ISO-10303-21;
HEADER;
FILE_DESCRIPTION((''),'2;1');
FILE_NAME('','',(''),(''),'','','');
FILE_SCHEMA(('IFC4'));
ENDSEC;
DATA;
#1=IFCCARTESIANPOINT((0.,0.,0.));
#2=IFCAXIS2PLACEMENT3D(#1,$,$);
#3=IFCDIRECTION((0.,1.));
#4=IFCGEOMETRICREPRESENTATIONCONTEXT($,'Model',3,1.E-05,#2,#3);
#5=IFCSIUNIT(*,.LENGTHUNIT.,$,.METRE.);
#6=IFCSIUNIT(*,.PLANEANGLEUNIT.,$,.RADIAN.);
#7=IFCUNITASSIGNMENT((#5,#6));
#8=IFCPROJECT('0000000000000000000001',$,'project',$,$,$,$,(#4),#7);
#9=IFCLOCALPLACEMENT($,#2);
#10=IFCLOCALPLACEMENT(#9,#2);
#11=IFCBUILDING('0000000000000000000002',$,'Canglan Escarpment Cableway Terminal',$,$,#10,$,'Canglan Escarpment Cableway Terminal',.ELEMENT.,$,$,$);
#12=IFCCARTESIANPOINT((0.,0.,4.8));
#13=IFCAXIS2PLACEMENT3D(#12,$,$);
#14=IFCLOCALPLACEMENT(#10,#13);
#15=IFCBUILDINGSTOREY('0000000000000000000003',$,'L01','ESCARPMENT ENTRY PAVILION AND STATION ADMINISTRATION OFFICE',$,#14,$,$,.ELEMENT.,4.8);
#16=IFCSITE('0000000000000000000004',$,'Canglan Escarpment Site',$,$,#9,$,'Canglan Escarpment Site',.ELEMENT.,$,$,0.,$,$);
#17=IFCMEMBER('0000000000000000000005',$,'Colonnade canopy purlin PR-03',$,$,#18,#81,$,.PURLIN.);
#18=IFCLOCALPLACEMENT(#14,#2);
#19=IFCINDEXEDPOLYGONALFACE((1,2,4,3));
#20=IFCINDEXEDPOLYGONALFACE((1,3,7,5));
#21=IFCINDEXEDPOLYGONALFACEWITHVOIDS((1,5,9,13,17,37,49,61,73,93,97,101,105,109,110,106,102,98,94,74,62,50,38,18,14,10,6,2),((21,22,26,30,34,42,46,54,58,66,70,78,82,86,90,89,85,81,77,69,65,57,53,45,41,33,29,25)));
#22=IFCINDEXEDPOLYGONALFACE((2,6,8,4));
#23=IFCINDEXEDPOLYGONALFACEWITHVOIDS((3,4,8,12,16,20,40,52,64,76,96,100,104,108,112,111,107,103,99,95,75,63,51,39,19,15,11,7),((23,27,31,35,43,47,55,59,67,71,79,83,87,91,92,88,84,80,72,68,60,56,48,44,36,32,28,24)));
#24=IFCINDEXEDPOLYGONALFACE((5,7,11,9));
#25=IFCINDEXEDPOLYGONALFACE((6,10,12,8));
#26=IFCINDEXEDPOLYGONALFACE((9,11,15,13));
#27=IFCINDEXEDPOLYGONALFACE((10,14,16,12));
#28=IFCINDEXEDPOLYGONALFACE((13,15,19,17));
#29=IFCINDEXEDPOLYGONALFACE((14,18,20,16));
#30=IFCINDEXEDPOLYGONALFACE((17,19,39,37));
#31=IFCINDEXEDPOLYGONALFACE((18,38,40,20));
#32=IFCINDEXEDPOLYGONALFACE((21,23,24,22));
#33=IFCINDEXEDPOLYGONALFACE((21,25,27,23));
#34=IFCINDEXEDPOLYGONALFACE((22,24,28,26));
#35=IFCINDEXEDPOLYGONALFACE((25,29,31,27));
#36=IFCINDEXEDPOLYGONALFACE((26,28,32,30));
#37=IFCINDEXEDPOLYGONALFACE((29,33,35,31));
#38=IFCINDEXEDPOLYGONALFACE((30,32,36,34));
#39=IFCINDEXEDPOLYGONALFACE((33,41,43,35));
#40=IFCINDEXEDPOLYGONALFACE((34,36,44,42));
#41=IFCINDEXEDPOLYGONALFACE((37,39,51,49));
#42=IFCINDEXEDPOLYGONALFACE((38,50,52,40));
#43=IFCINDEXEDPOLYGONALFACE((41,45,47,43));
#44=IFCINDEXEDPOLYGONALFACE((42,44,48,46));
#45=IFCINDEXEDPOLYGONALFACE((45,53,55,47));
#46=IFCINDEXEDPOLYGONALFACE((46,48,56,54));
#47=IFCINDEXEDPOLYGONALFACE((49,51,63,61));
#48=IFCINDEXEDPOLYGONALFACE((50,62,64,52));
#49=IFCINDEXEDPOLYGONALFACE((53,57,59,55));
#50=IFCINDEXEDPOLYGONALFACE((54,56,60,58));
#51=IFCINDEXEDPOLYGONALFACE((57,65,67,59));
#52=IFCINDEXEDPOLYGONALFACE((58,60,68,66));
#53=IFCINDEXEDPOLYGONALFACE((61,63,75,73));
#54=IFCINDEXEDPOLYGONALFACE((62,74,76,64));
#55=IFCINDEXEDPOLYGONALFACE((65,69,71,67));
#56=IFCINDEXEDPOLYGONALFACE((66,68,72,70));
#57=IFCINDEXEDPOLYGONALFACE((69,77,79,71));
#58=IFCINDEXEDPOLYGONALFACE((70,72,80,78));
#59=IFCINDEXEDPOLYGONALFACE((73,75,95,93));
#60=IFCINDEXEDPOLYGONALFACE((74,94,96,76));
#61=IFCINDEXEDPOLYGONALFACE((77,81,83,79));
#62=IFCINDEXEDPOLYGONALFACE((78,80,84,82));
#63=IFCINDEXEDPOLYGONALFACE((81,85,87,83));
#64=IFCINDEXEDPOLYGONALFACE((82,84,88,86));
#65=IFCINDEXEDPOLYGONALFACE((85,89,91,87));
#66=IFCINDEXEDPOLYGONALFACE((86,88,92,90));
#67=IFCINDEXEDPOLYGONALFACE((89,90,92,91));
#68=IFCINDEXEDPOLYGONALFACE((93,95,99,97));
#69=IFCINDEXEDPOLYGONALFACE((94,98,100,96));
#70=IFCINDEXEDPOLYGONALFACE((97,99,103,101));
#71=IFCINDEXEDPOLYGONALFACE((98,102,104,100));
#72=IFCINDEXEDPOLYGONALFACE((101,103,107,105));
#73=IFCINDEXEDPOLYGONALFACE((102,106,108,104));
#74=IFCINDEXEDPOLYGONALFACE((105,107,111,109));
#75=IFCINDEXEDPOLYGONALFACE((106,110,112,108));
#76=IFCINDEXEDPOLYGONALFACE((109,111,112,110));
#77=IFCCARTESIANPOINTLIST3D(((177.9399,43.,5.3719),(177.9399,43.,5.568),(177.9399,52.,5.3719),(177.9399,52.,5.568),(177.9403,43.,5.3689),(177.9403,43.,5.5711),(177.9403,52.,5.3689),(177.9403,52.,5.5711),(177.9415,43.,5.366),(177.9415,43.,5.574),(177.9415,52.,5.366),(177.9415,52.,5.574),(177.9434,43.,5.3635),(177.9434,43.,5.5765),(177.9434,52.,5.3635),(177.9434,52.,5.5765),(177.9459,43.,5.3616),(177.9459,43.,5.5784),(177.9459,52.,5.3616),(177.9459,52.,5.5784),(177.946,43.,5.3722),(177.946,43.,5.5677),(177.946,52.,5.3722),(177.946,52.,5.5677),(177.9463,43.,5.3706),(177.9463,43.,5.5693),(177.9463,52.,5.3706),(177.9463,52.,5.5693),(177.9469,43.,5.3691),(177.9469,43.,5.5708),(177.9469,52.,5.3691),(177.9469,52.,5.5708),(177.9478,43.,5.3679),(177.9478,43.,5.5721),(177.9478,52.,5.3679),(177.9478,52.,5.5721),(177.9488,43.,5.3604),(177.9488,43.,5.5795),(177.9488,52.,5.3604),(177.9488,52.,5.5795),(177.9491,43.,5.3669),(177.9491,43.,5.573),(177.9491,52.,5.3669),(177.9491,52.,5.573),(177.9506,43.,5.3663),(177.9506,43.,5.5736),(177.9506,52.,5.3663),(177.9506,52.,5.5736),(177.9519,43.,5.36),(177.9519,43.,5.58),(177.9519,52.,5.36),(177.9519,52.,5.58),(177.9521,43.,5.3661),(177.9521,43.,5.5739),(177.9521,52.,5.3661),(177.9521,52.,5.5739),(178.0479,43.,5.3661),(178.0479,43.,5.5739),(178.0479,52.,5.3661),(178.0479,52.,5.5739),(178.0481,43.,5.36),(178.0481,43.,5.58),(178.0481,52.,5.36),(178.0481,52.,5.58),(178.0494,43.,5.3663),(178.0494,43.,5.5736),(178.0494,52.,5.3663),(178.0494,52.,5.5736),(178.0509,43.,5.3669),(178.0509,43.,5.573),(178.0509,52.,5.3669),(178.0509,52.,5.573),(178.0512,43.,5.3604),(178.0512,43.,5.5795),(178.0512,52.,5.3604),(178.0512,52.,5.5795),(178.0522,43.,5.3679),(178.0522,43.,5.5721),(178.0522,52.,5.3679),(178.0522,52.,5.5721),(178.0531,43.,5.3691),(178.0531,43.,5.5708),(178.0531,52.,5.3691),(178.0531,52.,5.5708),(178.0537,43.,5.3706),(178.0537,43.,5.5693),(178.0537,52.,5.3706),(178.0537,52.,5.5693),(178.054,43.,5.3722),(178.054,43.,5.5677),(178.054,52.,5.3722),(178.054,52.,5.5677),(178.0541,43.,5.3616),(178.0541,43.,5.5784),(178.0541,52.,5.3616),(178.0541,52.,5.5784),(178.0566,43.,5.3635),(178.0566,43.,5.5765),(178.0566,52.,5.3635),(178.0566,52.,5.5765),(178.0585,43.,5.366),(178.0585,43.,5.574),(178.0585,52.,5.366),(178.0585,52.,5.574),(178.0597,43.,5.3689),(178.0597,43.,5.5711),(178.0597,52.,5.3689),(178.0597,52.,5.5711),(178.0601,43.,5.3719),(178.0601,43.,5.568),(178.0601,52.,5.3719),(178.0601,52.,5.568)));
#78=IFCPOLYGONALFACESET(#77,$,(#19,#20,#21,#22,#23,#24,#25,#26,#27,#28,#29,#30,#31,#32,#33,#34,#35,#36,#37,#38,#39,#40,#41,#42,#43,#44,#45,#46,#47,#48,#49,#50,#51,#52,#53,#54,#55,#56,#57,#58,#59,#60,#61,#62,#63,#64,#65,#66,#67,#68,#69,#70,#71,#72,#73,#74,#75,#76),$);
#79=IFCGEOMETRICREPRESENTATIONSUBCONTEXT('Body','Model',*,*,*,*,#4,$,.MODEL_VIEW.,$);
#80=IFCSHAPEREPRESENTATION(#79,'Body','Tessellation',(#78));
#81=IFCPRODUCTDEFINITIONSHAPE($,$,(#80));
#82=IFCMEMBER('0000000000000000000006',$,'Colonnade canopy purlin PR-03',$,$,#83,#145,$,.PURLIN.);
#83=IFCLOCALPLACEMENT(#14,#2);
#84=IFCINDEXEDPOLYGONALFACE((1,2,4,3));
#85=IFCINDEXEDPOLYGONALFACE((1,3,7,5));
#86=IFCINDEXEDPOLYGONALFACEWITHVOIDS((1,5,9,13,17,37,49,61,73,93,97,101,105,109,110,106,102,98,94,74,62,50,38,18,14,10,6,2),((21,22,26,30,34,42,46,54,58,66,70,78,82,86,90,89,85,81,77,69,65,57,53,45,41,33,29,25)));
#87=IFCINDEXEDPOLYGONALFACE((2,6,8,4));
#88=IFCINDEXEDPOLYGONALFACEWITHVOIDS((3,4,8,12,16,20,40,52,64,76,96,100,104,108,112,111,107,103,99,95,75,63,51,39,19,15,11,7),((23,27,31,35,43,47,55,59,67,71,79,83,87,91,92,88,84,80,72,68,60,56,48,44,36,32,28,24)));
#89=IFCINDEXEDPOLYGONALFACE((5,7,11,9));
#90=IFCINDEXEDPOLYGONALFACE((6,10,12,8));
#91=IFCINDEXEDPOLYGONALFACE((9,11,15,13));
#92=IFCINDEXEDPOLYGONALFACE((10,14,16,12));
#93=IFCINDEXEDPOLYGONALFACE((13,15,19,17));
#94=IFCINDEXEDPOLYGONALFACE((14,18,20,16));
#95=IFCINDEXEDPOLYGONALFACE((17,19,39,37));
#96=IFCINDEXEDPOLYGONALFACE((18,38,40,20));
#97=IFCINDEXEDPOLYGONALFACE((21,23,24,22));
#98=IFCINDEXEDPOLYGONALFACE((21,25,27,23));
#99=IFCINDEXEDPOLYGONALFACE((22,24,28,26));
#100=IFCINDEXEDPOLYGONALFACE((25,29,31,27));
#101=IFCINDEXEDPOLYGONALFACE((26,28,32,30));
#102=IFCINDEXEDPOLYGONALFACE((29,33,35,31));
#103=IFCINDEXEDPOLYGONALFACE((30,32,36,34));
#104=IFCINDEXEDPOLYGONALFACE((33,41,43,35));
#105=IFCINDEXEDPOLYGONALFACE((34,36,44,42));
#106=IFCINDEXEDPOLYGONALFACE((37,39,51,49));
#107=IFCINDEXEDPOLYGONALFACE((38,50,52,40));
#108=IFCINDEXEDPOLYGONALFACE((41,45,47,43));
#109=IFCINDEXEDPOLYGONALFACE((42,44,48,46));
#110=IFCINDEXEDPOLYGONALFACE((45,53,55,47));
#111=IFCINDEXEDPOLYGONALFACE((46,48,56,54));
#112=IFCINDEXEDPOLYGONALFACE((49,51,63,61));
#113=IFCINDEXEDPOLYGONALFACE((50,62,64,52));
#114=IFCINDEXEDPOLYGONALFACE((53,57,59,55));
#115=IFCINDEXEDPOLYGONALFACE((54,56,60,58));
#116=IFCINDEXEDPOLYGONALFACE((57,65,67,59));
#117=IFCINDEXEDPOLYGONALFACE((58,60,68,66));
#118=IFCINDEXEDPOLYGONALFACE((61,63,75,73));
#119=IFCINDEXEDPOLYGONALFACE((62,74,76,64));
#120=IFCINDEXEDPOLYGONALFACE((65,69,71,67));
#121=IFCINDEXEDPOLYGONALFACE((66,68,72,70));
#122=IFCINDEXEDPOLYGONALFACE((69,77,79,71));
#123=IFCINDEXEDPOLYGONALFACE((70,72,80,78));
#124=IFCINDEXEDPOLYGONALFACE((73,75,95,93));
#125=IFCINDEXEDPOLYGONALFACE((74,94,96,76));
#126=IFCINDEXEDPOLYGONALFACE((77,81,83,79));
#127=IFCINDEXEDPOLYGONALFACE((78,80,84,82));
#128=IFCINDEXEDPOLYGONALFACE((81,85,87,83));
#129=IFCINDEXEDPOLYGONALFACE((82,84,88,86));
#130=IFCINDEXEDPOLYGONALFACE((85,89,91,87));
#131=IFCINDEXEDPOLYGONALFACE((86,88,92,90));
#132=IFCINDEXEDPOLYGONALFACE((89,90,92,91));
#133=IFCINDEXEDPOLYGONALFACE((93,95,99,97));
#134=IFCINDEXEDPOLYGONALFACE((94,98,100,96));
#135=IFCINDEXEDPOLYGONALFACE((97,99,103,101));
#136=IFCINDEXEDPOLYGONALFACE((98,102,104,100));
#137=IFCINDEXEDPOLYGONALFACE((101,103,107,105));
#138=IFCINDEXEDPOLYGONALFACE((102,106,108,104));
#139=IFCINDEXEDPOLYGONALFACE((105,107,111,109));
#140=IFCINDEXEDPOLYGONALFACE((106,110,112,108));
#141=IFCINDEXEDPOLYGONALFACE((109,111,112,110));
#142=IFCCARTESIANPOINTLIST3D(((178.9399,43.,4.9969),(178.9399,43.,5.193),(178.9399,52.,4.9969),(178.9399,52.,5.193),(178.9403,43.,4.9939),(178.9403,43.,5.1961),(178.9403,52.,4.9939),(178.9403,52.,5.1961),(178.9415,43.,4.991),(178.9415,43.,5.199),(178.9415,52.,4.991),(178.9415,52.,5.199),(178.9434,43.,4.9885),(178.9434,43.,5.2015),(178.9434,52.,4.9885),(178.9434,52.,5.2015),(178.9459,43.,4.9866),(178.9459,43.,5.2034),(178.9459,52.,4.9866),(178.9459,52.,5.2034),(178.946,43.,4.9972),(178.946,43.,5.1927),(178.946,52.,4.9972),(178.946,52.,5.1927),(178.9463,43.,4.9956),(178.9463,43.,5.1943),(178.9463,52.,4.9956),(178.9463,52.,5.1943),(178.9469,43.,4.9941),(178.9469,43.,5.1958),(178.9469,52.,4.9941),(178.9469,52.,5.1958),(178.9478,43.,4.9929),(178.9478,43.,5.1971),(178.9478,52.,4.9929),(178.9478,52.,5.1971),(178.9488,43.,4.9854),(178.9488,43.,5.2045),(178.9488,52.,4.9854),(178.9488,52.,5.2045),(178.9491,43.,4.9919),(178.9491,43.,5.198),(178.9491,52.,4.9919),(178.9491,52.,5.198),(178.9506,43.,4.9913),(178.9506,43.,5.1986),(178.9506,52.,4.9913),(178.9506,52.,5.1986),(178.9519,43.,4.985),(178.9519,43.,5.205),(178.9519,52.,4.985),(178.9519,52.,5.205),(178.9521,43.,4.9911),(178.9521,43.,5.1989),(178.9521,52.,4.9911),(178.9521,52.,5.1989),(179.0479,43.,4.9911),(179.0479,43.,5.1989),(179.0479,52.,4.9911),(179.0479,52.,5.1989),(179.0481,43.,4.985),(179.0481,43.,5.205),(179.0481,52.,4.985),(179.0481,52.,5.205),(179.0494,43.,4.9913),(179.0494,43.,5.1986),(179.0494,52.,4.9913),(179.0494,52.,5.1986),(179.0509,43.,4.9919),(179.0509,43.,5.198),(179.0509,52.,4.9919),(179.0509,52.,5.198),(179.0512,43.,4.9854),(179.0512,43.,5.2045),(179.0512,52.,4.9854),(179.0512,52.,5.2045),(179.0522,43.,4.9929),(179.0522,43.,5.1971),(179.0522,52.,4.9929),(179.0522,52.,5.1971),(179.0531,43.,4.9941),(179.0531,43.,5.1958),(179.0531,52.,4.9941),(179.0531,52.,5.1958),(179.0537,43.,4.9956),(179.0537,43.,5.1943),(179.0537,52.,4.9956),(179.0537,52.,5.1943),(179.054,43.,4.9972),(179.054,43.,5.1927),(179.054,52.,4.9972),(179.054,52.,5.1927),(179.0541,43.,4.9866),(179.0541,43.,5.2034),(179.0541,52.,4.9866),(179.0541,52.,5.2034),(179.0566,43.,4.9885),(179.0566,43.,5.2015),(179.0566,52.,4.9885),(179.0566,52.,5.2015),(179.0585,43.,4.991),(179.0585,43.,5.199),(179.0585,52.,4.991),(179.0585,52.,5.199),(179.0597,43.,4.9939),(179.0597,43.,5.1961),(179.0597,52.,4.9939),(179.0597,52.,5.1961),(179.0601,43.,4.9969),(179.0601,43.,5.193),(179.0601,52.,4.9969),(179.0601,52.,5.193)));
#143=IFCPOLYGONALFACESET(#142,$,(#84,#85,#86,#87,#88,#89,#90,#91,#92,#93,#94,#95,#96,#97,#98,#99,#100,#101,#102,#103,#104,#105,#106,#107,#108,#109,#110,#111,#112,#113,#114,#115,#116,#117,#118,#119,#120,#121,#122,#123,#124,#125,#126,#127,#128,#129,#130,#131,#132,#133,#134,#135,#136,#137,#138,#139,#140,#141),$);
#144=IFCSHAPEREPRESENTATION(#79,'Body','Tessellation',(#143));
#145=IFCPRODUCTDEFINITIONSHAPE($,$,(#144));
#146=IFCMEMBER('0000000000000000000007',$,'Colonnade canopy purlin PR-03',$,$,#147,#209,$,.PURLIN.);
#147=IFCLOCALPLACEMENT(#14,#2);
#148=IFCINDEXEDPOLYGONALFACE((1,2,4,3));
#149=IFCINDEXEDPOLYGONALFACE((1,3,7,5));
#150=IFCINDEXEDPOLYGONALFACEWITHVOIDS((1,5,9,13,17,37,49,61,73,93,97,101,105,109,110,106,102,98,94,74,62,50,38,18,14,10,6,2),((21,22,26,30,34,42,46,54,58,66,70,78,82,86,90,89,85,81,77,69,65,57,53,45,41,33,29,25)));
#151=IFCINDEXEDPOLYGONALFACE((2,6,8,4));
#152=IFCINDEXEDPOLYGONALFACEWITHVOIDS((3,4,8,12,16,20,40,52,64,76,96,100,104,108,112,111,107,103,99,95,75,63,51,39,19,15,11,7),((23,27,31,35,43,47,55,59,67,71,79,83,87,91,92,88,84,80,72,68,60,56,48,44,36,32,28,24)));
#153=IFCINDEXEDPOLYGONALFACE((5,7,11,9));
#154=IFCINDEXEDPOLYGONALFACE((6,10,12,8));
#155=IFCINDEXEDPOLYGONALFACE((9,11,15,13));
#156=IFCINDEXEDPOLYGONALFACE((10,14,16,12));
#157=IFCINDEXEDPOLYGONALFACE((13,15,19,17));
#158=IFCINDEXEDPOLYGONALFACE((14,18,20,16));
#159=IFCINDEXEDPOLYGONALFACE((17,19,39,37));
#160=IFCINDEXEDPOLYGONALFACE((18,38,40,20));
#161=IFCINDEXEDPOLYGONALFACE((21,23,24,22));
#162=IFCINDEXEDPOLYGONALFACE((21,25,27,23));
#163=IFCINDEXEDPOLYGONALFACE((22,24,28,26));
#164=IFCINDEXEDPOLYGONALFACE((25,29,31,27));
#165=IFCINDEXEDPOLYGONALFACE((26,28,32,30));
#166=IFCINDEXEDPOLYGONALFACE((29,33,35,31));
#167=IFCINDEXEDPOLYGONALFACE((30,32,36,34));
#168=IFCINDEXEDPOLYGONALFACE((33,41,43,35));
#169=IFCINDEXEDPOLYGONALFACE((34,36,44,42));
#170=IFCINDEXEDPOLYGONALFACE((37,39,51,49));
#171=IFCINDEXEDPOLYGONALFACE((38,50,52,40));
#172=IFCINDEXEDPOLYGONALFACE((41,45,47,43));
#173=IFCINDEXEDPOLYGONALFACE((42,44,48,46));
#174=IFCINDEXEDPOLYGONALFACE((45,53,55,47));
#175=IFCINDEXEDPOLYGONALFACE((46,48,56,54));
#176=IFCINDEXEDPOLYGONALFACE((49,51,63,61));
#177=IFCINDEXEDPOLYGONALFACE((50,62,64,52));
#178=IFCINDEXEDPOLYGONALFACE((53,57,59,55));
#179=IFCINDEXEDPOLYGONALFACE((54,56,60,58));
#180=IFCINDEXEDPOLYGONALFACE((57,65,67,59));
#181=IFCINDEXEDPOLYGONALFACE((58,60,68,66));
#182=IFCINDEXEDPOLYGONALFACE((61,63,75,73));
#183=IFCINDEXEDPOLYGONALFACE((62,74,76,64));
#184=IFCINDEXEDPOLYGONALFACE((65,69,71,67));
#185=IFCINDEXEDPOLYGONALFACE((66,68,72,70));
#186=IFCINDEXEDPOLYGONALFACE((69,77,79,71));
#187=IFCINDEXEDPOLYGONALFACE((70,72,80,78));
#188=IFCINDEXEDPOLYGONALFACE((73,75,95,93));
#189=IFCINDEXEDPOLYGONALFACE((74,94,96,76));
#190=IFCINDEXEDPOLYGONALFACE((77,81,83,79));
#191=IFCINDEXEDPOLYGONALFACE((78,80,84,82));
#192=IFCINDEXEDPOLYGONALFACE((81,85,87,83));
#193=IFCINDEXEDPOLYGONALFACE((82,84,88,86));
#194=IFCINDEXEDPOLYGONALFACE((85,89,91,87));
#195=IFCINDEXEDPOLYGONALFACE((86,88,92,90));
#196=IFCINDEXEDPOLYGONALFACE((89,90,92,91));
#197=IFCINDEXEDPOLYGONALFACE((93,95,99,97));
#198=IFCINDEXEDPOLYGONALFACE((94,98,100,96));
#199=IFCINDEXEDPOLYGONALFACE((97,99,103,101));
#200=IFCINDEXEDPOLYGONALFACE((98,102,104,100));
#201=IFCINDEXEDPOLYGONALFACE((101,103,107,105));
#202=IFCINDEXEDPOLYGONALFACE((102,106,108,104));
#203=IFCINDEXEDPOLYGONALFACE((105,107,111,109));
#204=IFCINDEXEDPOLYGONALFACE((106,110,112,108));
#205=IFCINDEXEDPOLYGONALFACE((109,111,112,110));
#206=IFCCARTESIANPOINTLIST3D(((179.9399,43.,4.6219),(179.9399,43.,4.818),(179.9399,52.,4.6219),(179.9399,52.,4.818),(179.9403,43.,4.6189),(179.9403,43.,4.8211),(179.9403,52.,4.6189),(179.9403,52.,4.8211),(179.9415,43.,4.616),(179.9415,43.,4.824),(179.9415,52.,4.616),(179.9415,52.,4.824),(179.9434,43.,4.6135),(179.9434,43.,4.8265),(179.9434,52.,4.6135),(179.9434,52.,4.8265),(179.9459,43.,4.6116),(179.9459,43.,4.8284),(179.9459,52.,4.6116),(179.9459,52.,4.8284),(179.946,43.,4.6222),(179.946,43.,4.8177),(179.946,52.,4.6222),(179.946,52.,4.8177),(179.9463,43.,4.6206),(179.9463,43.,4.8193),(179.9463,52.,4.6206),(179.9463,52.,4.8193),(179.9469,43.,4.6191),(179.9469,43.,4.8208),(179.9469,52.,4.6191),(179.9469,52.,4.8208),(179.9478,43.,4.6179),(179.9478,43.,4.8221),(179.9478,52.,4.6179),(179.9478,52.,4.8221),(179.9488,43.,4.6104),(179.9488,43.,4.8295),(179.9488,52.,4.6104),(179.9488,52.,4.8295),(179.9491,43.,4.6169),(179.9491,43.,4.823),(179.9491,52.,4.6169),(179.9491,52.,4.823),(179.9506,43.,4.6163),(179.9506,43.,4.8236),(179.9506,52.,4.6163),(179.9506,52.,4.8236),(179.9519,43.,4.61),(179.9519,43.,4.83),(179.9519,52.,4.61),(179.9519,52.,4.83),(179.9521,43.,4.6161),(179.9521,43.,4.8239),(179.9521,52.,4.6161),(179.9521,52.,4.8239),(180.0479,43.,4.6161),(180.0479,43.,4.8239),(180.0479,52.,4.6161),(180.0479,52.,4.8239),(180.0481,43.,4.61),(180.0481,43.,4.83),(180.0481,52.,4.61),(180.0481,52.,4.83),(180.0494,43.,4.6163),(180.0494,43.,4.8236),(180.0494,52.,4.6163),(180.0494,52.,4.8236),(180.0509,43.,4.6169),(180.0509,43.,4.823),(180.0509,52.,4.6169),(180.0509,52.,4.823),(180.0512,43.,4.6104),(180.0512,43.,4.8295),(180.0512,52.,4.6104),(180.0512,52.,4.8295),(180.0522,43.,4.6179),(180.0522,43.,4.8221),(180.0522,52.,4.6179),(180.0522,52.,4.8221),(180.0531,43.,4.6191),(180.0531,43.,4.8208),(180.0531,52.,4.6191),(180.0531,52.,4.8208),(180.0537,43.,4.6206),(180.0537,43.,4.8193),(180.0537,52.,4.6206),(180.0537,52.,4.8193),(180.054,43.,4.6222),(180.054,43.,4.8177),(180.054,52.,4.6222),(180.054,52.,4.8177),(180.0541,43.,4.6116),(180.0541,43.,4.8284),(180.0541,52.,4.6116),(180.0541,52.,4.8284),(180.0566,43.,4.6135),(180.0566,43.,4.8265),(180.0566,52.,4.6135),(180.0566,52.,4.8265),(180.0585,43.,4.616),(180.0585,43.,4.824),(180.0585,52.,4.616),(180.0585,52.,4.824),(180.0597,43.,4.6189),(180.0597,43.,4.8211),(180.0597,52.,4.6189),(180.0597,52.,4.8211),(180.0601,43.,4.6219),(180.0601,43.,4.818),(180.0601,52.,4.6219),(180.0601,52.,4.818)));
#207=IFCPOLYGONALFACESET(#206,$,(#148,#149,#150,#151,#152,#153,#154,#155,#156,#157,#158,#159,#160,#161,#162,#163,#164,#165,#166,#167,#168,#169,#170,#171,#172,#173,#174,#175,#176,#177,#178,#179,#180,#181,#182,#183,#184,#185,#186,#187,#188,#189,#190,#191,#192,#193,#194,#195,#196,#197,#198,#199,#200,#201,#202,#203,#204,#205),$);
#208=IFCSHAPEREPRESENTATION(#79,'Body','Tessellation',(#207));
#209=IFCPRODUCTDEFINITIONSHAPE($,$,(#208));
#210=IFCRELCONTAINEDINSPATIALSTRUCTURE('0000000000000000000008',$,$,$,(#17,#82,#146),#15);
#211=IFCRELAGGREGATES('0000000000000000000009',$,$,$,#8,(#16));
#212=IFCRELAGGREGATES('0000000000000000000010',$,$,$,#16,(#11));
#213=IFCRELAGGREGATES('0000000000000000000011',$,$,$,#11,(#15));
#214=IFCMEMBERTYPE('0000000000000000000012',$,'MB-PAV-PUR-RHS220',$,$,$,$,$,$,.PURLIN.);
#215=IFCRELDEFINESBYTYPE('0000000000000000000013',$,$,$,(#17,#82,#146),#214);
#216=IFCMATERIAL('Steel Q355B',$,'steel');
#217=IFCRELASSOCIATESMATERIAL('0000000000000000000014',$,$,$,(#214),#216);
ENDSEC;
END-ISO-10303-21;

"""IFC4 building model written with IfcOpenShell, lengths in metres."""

from ifc_helpers import new_model, si_unit, direction, frame, origin, origin_2d, place, context, subcontext, project, spatial, hollow_rectangle, extrude, material, material_profile, profile_set, type_object, element, save


model = new_model("IFC4")

# Units and contexts
model_context = context("Model", 3, precision=1e-05, world=origin(), true_north=direction((0.0, 1.0)))
body_context = subcontext(model_context, "Body", "Model", "MODEL_VIEW")
ifc_project = project(units=[si_unit("LENGTHUNIT", "METRE"), si_unit("PLANEANGLEUNIT", "RADIAN")], contexts=[model_context])

# Site, building, storey
site_placement = place(None, origin())
site = spatial("IfcSite", under=ifc_project, at=site_placement, Name="Canglan Escarpment Site", LongName="Canglan Escarpment Site", CompositionType="ELEMENT", RefElevation=0.0)
building_placement = place(site_placement, origin())
building = spatial("IfcBuilding", under=site, at=building_placement, Name="Canglan Escarpment Cableway Terminal", LongName="Canglan Escarpment Cableway Terminal", CompositionType="ELEMENT")
storey_placement = place(building_placement, frame((0.0, 0.0, 4.8)))
storey = spatial("IfcBuildingStorey", under=building, at=storey_placement, Name="L01", Description="ESCARPMENT ENTRY PAVILION AND STATION ADMINISTRATION OFFICE", CompositionType="ELEMENT", Elevation=4.8)

# Shared definitions
ifc_material_1 = material(Name="Steel Q355B", Category="steel")

# Members
ifc_material_profile_1 = material_profile(ifc_material_1, hollow_rectangle(XDim=0.1201, YDim=0.22, WallThickness=0.0061, InnerFilletRadius=0.0061, OuterFilletRadius=0.012, at=origin_2d()), Name="RHS 220x120x6")
ifc_profile_set_1 = profile_set([ifc_material_profile_1], Name="Steel Q355B")
member_type = type_object("IfcMemberType", Name="MB-PAV-PUR-RHS220", PredefinedType="PURLIN", material=ifc_profile_set_1)
for number, where, z_axis, x_axis, name in (
    (1, (178.0, 43.0, 5.47), (0.0, 1.0, 0.0), (-1.0, 0.0, 0.0), "Colonnade canopy purlin PR-03"),
    (2, (179.0, 43.0, 5.095), (0.0, 1.0, 0.0), (-1.0, 0.0, 0.0), "Colonnade canopy purlin PR-03"),
    (3, (180.0, 43.0, 4.72), (0.0, 1.0, 0.0), (-1.0, 0.0, 0.0), "Colonnade canopy purlin PR-03"),
):
    element("IfcMember", number, at=place(storey_placement, frame(where, z_axis=z_axis, x_axis=x_axis)), inside=storey, type_object=member_type, Name=name, PredefinedType="PURLIN", context=body_context, shape_type="SweptSolid", body=[
        extrude(hollow_rectangle(XDim=0.1201, YDim=0.22, WallThickness=0.0061, InnerFilletRadius=0.0061, OuterFilletRadius=0.012, at=origin_2d()), origin(), (0.0, 0.0, 1.0), 9.0),
    ])

save(model, "model.ifc")
